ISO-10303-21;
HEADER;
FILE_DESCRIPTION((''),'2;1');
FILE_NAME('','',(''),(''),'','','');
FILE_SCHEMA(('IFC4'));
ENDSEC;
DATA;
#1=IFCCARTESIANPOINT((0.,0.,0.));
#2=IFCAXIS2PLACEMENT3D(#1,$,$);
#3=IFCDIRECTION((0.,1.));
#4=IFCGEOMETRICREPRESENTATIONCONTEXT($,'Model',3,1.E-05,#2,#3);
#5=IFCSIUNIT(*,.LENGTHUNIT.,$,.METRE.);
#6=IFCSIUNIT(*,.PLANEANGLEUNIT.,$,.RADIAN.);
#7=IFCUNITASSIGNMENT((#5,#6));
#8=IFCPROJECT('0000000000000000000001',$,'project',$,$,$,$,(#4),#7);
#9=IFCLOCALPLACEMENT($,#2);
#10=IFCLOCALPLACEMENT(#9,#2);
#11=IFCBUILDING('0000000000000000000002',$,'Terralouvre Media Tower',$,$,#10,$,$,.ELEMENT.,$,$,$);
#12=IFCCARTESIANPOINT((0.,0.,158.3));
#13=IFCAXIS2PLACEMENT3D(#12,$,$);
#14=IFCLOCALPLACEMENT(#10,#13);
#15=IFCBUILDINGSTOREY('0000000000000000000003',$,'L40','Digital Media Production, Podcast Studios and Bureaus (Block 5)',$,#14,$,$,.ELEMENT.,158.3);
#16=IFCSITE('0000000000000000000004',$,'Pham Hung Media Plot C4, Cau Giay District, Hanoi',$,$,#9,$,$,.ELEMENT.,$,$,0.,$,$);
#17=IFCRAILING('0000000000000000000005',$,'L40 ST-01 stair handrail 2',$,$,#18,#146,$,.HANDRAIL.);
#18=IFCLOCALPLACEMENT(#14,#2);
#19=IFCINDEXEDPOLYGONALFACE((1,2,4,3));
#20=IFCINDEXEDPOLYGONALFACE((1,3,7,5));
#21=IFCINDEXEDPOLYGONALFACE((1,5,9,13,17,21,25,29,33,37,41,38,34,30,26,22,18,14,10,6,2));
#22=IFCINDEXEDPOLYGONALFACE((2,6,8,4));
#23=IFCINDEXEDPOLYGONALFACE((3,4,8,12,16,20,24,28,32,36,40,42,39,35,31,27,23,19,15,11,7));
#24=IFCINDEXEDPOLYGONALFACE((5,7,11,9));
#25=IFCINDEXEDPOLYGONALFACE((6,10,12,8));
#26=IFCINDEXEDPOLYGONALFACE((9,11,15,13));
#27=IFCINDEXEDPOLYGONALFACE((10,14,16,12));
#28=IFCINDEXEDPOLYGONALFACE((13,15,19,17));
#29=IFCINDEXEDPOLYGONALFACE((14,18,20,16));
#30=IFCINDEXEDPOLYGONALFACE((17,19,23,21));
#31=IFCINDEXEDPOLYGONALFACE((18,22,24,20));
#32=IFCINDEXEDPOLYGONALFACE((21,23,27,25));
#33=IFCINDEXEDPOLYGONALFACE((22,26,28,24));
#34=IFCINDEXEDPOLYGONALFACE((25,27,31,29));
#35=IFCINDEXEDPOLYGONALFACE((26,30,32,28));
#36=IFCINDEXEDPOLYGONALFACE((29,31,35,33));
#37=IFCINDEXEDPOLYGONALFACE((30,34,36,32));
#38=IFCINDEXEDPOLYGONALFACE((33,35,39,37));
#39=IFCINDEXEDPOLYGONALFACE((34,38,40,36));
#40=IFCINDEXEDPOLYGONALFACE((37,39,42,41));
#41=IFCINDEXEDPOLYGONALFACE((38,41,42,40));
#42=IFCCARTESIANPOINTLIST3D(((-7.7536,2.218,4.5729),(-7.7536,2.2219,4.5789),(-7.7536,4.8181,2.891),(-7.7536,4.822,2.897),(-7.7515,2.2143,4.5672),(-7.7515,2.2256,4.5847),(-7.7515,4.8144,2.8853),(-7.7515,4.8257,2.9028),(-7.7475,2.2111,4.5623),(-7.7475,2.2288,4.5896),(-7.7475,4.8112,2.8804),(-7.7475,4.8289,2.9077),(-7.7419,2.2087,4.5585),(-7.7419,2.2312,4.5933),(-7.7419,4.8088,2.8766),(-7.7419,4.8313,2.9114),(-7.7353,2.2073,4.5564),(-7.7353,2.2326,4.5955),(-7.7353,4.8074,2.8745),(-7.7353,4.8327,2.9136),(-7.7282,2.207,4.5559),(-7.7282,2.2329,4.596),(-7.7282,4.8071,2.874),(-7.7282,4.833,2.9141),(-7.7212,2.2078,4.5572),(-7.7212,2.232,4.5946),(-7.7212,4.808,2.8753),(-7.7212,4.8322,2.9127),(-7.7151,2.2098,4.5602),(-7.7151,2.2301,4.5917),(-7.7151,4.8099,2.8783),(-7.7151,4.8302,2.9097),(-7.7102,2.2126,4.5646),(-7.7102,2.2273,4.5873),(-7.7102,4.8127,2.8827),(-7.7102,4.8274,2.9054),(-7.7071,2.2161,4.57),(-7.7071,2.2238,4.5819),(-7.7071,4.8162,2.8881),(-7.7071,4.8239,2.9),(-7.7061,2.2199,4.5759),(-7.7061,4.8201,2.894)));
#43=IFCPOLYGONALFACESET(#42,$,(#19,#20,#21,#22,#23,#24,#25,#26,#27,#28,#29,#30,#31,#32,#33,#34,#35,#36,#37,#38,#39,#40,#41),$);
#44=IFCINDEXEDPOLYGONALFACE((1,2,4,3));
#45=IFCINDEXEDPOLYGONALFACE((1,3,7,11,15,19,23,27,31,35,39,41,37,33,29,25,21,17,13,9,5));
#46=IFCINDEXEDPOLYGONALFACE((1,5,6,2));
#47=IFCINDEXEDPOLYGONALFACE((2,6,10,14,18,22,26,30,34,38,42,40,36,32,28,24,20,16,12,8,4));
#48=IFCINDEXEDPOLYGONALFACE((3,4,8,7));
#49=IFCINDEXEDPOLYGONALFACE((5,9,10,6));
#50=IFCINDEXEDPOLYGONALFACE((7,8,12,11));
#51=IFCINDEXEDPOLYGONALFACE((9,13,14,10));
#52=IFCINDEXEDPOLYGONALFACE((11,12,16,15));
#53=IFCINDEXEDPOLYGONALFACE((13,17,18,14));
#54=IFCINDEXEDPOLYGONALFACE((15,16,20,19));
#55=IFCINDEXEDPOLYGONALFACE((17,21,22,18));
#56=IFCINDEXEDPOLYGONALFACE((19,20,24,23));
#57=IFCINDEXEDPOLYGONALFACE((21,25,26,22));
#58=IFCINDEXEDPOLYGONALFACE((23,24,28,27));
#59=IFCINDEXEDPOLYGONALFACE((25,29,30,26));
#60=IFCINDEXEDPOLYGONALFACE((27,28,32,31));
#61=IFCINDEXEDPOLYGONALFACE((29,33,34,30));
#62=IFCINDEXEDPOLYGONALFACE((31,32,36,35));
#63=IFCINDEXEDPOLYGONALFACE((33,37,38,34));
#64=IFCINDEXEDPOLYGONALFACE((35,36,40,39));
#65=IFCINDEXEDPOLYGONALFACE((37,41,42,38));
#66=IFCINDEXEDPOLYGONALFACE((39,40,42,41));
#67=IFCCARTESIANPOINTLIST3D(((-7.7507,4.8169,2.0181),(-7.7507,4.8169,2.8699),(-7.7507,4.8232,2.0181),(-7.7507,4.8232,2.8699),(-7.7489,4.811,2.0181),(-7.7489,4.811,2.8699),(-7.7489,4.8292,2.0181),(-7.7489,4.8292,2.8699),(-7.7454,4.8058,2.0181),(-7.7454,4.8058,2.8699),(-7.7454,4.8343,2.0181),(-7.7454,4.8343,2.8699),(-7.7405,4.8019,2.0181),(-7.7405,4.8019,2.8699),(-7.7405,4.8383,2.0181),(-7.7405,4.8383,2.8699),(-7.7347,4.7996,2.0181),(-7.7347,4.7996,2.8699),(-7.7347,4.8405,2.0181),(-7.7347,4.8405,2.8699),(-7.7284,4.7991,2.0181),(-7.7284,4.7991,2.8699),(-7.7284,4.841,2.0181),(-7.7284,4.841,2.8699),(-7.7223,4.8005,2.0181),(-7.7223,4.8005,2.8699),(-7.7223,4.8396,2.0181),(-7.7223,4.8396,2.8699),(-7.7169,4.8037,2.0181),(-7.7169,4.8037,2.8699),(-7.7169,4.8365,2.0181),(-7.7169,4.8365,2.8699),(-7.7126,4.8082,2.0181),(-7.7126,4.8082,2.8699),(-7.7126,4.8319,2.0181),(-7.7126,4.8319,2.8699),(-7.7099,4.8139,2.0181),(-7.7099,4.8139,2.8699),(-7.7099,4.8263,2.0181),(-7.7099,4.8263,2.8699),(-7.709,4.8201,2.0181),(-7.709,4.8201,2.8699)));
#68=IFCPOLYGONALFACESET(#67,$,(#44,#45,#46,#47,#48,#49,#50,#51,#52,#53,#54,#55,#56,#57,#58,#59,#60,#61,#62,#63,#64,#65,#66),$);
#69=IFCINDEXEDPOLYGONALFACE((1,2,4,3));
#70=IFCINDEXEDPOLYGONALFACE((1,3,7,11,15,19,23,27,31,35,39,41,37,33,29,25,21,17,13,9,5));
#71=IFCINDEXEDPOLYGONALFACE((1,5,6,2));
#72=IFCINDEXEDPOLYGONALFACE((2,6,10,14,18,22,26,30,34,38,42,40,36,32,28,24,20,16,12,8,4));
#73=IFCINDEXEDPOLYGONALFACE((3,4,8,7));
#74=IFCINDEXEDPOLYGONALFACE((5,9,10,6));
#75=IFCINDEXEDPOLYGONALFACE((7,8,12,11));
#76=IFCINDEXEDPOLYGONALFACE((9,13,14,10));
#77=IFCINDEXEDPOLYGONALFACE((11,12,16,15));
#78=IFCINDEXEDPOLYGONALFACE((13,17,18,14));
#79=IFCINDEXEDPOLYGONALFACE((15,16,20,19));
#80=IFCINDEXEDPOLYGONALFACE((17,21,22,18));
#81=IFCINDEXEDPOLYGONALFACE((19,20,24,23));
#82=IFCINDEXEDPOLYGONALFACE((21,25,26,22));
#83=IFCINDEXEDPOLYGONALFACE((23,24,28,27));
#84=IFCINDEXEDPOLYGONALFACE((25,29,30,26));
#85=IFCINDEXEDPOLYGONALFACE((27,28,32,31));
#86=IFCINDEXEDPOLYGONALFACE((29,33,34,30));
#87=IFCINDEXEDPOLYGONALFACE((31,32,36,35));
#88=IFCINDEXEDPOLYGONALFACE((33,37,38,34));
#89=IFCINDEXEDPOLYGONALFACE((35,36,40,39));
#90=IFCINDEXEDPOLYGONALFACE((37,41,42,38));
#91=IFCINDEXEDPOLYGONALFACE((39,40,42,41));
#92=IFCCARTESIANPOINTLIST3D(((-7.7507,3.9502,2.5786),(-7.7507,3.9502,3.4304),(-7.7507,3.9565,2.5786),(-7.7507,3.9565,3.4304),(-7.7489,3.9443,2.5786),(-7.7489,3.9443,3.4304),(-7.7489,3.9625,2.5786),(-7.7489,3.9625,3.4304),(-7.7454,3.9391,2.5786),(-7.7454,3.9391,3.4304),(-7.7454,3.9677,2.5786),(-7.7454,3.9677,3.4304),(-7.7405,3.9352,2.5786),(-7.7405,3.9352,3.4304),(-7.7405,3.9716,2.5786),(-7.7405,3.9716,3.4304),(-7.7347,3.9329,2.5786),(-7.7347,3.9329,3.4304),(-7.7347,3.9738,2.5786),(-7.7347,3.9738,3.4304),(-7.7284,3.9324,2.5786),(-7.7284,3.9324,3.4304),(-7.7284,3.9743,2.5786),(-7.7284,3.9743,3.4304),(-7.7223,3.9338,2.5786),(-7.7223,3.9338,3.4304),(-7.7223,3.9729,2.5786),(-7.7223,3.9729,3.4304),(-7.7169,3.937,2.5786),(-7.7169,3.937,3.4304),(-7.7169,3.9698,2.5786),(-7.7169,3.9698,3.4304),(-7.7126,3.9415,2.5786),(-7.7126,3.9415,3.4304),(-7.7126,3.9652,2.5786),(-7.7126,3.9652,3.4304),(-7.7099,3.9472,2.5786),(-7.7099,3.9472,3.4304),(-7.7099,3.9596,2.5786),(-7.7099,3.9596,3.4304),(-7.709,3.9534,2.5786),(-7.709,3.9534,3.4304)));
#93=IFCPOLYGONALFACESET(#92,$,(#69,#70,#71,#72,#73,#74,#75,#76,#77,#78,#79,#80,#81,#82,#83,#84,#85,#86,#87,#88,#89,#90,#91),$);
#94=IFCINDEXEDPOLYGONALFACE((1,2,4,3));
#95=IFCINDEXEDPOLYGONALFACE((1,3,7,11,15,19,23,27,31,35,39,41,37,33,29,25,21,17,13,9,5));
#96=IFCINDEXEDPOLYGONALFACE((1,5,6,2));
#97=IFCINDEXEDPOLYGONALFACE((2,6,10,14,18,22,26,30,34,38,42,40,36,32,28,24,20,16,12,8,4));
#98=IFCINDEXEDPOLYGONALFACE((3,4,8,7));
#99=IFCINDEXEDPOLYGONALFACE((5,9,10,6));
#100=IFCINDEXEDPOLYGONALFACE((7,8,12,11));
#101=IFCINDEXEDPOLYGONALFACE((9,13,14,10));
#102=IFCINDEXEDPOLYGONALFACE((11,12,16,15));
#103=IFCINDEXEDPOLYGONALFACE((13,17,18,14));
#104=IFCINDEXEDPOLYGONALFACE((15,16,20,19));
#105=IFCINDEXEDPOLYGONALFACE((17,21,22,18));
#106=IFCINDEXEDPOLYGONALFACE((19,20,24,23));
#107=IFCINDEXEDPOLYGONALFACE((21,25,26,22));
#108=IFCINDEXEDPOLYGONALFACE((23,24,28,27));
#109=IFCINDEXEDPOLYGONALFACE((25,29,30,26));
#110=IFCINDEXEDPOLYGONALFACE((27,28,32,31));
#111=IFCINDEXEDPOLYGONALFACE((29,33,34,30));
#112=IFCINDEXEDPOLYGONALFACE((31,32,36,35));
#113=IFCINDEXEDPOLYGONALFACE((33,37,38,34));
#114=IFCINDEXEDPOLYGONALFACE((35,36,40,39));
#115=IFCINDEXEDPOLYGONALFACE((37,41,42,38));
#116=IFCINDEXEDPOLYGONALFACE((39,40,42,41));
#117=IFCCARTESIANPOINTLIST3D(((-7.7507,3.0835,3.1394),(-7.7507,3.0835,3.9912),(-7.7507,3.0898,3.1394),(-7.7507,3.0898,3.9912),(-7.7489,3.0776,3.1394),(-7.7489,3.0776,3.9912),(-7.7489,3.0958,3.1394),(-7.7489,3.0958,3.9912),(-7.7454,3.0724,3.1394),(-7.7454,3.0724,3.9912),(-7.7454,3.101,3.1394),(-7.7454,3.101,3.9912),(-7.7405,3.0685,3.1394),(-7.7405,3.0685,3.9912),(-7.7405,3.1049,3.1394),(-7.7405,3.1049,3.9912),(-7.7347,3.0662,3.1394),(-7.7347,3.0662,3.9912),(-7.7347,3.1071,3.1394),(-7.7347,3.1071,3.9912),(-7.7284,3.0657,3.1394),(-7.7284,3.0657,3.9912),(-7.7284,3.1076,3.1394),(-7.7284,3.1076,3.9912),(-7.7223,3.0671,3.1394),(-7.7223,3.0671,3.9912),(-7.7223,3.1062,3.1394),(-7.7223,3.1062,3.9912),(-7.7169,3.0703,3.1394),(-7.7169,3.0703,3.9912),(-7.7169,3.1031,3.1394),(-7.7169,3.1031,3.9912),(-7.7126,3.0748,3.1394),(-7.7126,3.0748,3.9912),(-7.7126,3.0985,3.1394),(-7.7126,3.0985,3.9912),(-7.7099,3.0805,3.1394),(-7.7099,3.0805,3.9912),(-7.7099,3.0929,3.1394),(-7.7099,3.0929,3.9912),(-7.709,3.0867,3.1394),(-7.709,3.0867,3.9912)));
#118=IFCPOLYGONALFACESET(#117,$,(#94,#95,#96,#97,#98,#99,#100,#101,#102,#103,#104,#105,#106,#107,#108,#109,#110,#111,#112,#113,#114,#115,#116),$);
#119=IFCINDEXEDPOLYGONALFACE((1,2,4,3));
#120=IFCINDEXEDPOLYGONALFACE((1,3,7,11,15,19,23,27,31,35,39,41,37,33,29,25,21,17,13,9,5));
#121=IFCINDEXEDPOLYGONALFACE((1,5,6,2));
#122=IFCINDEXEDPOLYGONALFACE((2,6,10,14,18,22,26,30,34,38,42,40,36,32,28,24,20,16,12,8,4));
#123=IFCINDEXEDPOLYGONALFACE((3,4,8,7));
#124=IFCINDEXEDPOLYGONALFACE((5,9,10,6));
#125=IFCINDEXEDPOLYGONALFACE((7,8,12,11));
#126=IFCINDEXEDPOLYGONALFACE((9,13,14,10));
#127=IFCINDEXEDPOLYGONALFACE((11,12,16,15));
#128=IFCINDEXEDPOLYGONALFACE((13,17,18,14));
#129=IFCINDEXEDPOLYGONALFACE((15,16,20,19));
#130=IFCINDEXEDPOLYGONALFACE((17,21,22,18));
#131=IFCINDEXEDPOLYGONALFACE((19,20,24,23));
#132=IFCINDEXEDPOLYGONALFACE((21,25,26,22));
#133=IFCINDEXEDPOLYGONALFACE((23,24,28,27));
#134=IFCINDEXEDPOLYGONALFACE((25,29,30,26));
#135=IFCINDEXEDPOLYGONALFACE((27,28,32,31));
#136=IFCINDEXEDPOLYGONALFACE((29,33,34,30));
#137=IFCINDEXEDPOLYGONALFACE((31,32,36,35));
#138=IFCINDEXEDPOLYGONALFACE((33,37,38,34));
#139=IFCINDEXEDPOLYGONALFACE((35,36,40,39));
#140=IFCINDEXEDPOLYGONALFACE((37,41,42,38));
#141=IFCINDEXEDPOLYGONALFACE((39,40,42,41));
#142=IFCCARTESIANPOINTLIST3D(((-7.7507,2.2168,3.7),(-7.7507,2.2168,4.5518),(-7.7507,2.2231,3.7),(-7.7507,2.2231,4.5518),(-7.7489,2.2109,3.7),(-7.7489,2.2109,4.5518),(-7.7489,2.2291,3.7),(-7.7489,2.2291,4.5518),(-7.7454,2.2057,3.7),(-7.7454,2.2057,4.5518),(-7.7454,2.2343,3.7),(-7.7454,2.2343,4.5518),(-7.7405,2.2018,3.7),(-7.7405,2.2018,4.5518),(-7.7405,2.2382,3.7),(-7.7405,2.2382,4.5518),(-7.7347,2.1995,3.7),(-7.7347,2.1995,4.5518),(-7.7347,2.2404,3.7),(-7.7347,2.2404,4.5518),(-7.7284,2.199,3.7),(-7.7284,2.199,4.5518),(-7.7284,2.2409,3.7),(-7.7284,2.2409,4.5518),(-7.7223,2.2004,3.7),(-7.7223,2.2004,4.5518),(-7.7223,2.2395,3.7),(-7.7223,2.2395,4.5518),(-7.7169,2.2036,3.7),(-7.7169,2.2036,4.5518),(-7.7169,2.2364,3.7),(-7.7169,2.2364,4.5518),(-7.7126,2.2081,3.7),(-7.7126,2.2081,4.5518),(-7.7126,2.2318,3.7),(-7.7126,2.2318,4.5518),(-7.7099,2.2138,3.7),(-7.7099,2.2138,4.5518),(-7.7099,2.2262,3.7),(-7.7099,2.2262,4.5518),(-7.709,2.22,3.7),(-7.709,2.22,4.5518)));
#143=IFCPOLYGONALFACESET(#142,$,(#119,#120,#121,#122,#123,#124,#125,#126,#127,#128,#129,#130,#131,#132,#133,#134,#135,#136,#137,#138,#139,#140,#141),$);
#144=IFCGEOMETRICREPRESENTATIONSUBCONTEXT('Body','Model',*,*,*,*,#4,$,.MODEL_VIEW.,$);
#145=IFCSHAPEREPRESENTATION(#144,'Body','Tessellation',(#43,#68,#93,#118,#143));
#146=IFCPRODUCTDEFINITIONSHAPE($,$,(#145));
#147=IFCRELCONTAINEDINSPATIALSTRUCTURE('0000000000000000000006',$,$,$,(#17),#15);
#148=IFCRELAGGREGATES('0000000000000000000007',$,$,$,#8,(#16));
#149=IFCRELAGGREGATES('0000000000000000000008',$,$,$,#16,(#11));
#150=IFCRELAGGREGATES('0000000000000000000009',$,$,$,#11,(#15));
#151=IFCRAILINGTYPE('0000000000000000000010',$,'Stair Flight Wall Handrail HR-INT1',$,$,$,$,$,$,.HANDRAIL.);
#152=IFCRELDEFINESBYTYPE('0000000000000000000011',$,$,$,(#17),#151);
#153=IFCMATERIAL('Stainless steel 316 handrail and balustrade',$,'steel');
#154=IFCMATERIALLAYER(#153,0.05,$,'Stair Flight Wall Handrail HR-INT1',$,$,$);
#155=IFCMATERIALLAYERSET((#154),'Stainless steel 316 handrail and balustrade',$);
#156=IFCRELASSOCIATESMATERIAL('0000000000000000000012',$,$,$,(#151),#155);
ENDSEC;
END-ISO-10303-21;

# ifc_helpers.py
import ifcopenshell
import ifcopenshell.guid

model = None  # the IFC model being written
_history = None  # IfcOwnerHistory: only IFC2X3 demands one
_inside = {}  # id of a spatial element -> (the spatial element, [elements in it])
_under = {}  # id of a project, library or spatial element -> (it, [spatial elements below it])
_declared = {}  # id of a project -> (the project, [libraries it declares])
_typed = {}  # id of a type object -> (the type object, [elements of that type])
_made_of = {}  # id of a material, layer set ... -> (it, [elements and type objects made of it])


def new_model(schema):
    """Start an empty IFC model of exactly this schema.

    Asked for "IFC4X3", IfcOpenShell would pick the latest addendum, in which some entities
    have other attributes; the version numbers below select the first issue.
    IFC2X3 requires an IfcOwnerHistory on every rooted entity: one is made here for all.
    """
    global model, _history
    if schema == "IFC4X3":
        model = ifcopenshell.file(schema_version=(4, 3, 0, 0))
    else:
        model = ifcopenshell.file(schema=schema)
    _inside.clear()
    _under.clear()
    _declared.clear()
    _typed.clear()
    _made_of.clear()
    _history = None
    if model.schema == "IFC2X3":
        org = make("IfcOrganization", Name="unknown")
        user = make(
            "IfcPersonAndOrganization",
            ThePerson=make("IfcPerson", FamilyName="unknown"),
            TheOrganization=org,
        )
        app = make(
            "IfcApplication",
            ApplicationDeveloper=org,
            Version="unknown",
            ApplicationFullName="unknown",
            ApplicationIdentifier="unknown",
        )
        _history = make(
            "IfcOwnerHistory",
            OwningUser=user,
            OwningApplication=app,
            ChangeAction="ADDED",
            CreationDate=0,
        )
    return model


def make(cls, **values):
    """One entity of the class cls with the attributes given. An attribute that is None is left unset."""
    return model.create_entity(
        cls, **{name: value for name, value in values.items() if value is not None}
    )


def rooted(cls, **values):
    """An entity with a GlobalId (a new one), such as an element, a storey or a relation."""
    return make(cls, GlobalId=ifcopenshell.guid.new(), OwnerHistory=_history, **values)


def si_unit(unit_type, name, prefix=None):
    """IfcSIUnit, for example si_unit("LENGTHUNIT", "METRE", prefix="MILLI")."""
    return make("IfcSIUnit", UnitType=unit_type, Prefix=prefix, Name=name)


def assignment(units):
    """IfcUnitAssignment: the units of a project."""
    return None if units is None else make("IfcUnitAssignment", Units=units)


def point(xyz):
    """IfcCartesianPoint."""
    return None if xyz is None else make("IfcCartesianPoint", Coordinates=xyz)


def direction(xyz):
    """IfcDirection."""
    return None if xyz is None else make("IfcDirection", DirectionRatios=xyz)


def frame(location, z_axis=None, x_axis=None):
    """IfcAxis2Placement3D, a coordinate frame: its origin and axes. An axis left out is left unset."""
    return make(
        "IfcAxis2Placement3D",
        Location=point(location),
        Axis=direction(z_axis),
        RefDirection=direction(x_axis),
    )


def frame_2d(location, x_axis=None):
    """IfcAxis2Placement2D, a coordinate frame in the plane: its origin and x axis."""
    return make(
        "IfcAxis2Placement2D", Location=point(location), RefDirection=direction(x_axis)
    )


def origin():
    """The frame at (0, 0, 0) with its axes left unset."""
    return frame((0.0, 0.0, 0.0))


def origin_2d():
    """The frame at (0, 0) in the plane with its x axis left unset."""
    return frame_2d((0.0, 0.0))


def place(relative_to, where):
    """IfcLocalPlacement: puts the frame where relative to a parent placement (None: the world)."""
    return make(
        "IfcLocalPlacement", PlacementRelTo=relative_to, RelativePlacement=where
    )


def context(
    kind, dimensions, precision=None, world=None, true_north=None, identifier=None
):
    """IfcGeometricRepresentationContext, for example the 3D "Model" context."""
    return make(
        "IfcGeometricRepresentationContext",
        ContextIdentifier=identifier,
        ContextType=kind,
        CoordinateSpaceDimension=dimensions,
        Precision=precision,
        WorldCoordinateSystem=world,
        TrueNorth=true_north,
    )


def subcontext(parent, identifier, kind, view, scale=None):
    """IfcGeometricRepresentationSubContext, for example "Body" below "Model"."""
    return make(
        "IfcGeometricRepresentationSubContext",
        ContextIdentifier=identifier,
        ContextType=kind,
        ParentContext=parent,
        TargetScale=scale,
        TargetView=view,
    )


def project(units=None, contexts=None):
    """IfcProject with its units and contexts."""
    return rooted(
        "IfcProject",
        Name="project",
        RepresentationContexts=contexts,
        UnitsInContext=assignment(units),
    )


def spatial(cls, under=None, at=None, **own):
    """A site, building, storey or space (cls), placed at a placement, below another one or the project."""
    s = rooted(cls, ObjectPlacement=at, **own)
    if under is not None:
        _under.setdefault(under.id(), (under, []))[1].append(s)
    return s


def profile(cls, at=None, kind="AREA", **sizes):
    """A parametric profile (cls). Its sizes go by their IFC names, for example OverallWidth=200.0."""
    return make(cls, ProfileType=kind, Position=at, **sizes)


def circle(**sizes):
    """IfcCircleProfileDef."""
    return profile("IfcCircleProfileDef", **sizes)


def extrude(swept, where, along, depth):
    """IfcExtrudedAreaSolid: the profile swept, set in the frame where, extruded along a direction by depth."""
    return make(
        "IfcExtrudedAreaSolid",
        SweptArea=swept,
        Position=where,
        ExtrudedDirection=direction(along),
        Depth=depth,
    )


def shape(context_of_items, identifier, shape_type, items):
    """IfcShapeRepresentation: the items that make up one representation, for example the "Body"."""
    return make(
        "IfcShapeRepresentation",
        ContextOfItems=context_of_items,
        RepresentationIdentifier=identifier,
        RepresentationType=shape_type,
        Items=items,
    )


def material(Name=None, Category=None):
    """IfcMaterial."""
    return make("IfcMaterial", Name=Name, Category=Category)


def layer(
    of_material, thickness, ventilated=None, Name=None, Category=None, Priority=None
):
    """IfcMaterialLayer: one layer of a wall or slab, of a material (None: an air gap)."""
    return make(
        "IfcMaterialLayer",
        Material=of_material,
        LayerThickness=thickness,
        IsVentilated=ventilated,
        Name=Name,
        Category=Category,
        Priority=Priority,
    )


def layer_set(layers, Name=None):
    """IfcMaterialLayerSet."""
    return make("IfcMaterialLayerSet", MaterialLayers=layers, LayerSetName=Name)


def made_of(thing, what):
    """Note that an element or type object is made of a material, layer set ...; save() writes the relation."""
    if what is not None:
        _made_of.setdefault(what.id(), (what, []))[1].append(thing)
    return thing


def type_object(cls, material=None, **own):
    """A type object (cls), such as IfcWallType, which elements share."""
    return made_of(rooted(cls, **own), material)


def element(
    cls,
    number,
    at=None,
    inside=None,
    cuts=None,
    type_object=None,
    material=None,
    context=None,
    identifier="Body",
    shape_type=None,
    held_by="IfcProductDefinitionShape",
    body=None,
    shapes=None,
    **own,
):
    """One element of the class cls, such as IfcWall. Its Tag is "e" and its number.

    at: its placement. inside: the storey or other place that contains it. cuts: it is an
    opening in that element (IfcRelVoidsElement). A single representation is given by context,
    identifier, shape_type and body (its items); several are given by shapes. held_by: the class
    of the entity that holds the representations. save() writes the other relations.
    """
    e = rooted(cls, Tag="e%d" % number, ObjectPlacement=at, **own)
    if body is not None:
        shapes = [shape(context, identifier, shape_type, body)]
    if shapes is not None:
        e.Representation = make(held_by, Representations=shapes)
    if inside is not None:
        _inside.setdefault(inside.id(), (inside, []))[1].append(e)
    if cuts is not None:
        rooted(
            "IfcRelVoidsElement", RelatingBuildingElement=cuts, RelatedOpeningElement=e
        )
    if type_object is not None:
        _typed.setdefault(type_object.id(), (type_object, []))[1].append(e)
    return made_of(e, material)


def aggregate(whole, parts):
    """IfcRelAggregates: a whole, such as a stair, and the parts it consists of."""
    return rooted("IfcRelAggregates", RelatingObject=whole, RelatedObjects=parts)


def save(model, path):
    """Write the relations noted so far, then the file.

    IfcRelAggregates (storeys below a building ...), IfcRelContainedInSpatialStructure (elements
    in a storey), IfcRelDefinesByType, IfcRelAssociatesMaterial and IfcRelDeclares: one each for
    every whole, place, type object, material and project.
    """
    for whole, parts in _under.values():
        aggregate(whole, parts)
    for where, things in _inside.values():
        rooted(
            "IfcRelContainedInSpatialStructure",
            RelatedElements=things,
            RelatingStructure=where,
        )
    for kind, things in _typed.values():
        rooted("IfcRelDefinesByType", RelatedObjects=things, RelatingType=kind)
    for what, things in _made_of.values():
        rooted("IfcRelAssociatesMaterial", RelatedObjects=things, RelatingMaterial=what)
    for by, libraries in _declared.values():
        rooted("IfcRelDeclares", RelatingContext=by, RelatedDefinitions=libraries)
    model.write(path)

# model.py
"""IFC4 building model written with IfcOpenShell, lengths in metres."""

from ifc_helpers import new_model, si_unit, direction, frame, origin, origin_2d, place, context, subcontext, project, spatial, circle, extrude, material, layer, layer_set, type_object, element, save


model = new_model("IFC4")

# Units and contexts
model_context = context("Model", 3, precision=1e-05, world=origin(), true_north=direction((0.0, 1.0)))
body_context = subcontext(model_context, "Body", "Model", "MODEL_VIEW")
ifc_project = project(units=[si_unit("LENGTHUNIT", "METRE"), si_unit("PLANEANGLEUNIT", "RADIAN")], contexts=[model_context])

# Site, building, storey
site_placement = place(None, origin())
site = spatial("IfcSite", under=ifc_project, at=site_placement, Name="Pham Hung Media Plot C4, Cau Giay District, Hanoi", CompositionType="ELEMENT", RefElevation=0.0)
building_placement = place(site_placement, origin())
building = spatial("IfcBuilding", under=site, at=building_placement, Name="Terralouvre Media Tower", CompositionType="ELEMENT")
storey_placement = place(building_placement, frame((0.0, 0.0, 158.3)))
storey = spatial("IfcBuildingStorey", under=building, at=storey_placement, Name="L40", Description="Digital Media Production, Podcast Studios and Bureaus (Block 5)", CompositionType="ELEMENT", Elevation=158.3)

# Railing
ifc_material_1 = material(Name="Stainless steel 316 handrail and balustrade", Category="steel")
ifc_layer_1 = layer(ifc_material_1, 0.05, Name="Stair Flight Wall Handrail HR-INT1")
ifc_layer_set_1 = layer_set([ifc_layer_1], Name="Stainless steel 316 handrail and balustrade")
railing_type_1 = type_object("IfcRailingType", Name="Stair Flight Wall Handrail HR-INT1", PredefinedType="HANDRAIL", material=ifc_layer_set_1)
railing_1_placement = place(storey_placement, frame((-7.73, 4.8201, 2.0181)))
element("IfcRailing", 1, at=railing_1_placement, inside=storey, type_object=railing_type_1, Name="L40 ST-01 stair handrail 2", PredefinedType="HANDRAIL", context=body_context, shape_type="SweptSolid", body=[
    extrude(circle(Radius=0.0239, at=origin_2d()), frame((0.0, 0.0, 0.876), z_axis=(0.0, -0.839648, 0.54313), x_axis=(1.0, 0.0, 0.0)), (0.0, 0.0, 1.0), 3.0967),
    extrude(circle(Radius=0.021, at=origin_2d()), origin(), (0.0, 0.0, 1.0), 0.8518),
    extrude(circle(Radius=0.021, at=origin_2d()), frame((0.0, -0.8667, 0.5605)), (0.0, 0.0, 1.0), 0.8518),
    extrude(circle(Radius=0.021, at=origin_2d()), frame((0.0, -1.7334, 1.1213)), (0.0, 0.0, 1.0), 0.8518),
    extrude(circle(Radius=0.021, at=origin_2d()), frame((0.0, -2.6001, 1.6819)), (0.0, 0.0, 1.0), 0.8518),
])

save(model, "model.ifc")
